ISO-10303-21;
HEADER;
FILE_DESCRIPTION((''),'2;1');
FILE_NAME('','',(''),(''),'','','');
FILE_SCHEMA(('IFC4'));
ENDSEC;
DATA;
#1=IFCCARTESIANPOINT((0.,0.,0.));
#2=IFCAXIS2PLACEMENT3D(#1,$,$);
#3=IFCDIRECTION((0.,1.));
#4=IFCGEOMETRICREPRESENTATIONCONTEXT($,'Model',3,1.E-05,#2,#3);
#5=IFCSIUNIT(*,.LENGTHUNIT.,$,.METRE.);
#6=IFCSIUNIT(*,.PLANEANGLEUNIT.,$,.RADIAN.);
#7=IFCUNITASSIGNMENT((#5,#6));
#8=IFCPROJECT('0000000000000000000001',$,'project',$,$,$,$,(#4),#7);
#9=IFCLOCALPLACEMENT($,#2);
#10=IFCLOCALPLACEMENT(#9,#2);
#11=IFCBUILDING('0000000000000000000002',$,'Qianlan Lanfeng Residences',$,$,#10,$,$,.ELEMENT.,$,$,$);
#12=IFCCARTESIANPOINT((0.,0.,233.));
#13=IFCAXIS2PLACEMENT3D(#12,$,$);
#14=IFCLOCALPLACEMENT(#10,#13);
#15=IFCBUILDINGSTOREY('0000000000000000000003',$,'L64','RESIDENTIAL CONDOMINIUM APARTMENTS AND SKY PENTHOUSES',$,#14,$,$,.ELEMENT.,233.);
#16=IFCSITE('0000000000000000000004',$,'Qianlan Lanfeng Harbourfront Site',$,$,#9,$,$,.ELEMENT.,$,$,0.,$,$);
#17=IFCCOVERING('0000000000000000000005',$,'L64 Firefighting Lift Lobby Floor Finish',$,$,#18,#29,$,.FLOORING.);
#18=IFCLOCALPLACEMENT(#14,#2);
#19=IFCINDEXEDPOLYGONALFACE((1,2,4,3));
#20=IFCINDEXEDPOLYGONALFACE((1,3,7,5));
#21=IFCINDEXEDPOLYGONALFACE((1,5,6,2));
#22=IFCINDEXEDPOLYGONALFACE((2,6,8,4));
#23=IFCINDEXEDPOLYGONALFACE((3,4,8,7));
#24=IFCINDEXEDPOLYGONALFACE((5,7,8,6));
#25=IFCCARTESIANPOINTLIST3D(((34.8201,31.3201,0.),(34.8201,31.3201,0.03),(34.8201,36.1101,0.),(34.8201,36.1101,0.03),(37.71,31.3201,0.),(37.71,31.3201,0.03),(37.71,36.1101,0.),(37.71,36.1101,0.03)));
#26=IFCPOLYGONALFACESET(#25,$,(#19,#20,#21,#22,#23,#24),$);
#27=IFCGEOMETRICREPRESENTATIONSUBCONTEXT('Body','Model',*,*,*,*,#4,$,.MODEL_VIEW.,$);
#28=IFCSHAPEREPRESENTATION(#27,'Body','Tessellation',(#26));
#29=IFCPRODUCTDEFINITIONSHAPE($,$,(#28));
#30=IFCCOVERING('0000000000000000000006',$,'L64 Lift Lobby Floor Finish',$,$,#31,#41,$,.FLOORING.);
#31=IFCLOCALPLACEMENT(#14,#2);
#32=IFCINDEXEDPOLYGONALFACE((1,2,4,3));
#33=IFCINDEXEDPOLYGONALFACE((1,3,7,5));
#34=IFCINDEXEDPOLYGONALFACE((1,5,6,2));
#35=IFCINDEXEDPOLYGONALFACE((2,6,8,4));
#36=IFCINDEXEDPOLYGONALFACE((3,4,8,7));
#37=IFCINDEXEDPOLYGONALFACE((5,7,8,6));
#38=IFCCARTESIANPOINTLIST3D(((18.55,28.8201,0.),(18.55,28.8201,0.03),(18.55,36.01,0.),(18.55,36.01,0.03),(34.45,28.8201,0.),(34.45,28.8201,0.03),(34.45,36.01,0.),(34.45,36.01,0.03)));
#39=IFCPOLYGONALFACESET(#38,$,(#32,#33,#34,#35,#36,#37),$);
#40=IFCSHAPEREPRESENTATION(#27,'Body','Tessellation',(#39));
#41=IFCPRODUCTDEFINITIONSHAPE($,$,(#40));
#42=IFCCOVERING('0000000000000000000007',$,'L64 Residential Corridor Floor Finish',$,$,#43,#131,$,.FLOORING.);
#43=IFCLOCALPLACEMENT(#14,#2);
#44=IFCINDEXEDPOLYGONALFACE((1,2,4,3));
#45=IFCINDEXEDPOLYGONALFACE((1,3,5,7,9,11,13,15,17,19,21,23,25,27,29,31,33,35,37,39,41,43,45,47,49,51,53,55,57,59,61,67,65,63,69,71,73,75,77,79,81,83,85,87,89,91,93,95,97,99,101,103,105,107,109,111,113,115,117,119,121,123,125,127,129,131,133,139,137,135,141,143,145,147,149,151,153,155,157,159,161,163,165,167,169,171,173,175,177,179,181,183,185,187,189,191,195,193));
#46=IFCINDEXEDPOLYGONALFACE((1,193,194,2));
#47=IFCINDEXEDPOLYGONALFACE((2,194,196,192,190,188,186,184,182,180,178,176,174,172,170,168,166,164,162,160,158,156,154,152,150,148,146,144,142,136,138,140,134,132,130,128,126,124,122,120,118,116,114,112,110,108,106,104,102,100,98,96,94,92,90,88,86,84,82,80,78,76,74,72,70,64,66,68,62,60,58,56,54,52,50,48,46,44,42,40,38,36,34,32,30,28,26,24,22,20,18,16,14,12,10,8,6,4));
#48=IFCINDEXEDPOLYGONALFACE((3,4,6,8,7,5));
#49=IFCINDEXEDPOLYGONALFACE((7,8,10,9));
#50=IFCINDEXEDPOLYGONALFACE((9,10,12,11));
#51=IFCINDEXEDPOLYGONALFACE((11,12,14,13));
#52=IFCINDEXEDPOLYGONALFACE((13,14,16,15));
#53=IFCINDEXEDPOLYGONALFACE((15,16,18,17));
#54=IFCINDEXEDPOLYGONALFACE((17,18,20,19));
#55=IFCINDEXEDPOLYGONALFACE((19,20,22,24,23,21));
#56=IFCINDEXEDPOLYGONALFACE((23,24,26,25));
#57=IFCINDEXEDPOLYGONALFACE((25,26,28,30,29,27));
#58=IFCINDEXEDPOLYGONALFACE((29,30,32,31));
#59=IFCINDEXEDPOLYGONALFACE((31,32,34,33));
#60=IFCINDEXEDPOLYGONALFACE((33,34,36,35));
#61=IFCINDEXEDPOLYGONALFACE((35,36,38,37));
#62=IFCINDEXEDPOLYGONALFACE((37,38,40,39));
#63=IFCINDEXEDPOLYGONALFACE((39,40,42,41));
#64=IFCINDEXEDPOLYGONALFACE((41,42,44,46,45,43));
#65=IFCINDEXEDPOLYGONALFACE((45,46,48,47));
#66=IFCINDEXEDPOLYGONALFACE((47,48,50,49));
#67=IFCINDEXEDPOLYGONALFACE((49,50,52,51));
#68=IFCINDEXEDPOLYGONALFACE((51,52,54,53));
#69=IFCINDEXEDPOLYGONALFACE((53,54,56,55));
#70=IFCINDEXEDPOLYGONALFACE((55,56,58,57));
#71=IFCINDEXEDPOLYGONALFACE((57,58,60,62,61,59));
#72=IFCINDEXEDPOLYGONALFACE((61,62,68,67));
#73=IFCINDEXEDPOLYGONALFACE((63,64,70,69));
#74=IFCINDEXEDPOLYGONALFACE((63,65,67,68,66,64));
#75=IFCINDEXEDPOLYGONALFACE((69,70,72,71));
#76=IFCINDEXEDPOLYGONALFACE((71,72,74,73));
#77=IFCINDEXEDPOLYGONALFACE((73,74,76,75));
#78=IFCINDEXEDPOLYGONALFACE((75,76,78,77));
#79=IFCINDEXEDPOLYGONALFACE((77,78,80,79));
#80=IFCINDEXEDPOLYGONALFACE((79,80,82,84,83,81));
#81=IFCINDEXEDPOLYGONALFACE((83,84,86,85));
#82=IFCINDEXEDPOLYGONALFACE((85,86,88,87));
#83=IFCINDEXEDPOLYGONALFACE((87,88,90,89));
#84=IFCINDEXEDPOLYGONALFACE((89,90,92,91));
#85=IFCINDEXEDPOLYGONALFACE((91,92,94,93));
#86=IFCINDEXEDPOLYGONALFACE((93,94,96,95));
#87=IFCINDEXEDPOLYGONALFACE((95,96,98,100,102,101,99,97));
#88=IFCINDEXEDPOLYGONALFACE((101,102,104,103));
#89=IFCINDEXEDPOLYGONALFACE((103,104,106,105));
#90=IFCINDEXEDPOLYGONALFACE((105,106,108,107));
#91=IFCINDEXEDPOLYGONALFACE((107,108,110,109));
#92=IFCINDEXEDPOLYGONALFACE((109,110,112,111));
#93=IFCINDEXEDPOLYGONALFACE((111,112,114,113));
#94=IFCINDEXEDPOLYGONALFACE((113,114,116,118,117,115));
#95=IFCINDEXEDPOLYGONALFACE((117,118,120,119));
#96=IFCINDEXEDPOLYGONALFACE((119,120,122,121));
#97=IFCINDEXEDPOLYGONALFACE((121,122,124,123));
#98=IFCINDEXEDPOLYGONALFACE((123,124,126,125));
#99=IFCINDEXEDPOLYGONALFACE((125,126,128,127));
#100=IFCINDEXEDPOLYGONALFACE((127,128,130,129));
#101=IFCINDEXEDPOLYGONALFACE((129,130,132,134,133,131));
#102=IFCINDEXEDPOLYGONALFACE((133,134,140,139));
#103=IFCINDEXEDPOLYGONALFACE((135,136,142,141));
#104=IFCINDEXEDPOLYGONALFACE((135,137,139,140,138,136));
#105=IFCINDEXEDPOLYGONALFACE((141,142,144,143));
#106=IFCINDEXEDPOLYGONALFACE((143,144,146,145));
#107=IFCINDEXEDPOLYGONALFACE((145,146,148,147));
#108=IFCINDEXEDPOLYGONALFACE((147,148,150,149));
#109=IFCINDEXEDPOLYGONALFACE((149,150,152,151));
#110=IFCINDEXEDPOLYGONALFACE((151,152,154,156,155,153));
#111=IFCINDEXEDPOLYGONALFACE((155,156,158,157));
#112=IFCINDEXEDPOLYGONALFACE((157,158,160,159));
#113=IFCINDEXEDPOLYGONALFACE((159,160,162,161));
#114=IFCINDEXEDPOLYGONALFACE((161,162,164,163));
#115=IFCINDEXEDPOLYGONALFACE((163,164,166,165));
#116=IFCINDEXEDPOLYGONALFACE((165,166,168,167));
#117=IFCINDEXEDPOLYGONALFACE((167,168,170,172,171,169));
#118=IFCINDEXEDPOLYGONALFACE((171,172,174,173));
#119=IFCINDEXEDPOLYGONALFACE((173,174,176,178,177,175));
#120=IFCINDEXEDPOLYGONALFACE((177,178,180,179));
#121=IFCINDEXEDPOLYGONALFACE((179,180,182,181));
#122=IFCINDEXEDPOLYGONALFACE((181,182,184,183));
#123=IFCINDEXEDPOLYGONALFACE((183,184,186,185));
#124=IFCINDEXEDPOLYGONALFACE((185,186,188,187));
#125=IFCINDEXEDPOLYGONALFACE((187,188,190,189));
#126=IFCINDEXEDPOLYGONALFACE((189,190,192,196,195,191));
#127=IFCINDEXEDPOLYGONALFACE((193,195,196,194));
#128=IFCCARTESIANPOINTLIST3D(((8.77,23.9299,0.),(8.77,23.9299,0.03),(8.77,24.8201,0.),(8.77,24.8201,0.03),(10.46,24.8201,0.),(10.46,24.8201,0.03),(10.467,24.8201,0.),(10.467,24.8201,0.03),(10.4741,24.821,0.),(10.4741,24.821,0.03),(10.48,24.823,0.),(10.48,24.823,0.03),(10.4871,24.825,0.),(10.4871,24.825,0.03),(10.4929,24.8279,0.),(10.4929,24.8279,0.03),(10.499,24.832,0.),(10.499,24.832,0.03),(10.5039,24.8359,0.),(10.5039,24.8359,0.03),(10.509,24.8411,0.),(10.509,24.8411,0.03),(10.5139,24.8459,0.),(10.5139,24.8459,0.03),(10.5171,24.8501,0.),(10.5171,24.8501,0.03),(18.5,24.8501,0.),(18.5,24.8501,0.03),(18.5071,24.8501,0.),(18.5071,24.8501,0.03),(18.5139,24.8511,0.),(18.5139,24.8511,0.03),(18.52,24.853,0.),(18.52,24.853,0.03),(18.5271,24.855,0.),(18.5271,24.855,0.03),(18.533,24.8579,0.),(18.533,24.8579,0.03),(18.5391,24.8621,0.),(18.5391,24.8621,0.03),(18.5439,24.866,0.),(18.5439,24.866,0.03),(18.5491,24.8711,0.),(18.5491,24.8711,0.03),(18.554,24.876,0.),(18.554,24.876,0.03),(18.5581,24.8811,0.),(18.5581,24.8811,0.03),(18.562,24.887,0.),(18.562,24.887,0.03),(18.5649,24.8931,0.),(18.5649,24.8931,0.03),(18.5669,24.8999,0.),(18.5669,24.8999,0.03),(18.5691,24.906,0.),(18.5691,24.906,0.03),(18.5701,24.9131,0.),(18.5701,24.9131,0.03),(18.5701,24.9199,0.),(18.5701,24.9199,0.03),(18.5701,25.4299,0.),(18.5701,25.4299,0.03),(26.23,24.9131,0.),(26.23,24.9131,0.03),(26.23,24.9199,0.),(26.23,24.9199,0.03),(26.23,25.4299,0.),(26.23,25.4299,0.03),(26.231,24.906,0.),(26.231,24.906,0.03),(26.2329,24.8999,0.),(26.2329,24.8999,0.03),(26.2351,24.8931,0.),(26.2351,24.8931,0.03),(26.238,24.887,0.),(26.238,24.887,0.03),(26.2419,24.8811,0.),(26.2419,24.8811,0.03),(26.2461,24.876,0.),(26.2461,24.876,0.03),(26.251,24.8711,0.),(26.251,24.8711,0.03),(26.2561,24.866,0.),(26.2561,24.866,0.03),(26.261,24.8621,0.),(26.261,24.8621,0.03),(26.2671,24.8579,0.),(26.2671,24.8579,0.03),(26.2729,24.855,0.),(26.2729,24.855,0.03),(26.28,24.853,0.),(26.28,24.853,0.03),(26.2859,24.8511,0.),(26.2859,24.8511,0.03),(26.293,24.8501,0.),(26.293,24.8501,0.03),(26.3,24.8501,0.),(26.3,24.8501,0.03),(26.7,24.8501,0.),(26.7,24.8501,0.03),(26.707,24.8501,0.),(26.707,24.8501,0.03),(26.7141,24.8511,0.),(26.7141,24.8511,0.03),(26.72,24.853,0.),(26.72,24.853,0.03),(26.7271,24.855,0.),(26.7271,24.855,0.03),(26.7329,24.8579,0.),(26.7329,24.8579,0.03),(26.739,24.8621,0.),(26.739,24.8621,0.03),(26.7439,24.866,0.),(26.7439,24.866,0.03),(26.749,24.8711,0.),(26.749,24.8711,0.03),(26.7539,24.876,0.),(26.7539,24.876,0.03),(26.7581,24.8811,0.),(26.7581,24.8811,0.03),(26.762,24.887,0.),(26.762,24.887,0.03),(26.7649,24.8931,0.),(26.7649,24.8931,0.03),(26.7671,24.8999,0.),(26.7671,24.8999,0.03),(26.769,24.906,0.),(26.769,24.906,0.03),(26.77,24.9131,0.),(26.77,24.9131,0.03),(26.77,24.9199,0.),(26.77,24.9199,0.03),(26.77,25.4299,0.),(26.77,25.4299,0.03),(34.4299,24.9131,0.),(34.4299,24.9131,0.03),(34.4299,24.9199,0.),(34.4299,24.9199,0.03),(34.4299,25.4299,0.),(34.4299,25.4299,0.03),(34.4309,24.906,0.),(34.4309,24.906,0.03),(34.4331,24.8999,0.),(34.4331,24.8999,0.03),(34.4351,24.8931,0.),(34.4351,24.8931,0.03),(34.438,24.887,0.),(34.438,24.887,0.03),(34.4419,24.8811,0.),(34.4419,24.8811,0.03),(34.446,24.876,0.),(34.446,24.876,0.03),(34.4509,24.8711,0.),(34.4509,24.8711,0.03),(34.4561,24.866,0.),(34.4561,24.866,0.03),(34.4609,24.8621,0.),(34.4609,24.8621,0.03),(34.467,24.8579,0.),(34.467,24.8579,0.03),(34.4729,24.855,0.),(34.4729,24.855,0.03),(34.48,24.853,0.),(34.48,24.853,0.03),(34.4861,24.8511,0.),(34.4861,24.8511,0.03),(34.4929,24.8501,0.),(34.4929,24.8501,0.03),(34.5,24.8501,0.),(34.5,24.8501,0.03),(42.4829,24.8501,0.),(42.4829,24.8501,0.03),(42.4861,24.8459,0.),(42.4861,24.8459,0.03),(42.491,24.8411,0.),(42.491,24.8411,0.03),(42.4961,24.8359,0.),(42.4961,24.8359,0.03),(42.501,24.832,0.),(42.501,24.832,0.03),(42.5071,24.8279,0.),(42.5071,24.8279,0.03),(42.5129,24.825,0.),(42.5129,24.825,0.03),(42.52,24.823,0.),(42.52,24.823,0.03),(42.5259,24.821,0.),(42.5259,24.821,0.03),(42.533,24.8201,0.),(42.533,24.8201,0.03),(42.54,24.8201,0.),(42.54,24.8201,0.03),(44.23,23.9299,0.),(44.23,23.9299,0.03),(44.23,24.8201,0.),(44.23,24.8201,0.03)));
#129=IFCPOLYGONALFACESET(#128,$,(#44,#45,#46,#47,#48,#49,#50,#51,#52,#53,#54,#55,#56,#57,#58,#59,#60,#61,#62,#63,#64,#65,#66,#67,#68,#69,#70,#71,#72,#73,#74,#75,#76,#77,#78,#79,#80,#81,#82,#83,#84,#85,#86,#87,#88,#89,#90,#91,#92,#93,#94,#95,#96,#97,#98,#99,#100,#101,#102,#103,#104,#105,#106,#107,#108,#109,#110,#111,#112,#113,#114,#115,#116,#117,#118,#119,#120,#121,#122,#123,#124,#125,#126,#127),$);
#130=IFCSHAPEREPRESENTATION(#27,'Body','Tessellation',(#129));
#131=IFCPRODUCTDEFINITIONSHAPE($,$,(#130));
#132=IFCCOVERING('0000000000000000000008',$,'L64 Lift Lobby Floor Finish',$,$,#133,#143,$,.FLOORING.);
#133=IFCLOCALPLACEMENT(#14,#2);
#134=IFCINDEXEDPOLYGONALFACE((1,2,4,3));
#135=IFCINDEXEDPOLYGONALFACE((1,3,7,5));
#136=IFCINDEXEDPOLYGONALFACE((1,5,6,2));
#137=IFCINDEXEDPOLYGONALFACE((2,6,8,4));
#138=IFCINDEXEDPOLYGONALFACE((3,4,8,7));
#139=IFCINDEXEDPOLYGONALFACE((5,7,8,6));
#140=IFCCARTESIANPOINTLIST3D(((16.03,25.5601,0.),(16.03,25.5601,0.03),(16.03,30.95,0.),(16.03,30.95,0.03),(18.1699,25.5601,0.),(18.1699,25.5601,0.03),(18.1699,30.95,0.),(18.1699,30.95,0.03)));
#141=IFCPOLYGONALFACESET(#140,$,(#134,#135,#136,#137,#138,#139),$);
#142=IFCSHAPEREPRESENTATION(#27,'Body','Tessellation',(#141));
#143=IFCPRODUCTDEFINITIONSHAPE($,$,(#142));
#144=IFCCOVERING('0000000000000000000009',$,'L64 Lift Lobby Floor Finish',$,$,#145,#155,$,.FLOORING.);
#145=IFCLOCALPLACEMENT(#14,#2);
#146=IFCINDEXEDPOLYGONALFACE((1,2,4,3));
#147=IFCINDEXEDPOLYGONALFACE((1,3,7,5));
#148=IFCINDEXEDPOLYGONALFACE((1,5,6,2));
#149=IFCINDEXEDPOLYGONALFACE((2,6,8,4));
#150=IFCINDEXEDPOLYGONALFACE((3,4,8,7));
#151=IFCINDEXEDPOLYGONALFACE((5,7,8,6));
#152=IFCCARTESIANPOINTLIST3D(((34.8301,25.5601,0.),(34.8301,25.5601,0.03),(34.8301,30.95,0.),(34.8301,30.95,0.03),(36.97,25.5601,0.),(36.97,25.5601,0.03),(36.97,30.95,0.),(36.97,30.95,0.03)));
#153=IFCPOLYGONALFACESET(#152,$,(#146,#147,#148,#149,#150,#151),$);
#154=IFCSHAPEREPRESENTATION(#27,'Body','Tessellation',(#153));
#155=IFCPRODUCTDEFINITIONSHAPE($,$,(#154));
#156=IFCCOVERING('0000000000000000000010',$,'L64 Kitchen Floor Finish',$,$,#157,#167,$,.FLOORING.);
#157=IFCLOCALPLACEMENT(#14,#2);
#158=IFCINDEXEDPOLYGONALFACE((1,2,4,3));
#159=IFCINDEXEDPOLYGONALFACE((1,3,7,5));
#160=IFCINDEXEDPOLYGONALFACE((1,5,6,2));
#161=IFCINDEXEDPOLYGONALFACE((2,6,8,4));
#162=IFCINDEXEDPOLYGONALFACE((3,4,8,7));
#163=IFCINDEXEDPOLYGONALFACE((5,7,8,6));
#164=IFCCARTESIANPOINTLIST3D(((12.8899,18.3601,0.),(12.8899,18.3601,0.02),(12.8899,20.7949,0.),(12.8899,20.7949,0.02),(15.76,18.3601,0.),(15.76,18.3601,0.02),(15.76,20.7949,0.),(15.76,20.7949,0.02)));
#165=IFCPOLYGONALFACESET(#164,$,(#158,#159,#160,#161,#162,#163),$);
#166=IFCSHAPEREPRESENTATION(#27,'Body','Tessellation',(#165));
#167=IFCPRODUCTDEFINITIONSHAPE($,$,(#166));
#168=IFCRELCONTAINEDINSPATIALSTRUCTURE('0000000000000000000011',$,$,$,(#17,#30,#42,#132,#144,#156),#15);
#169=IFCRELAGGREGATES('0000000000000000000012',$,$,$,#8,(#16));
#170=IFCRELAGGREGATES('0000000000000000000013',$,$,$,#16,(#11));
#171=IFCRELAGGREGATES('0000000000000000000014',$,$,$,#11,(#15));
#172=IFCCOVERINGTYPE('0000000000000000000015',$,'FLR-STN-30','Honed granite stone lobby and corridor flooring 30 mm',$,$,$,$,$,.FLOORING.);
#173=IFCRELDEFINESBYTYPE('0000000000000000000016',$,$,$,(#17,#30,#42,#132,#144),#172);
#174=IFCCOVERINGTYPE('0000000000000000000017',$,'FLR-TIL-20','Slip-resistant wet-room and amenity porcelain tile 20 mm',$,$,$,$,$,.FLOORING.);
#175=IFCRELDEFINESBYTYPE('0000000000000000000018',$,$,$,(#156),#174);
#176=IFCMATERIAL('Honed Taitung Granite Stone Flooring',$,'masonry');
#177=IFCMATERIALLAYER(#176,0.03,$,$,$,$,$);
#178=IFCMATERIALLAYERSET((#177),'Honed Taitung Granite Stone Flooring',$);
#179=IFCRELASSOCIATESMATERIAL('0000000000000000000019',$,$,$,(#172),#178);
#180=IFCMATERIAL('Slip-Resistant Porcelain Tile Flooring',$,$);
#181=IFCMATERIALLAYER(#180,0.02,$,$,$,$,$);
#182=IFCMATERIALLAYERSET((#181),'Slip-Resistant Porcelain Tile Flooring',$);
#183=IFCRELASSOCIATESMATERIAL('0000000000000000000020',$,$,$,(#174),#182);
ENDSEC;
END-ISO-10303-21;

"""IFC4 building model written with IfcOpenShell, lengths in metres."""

from ifc_helpers import new_model, si_unit, direction, frame, origin, place, context, subcontext, project, spatial, polyline, outline, extrude, material, layer, layer_set, type_object, element, save


model = new_model("IFC4")

# Units and contexts
model_context = context("Model", 3, precision=1e-05, world=origin(), true_north=direction((0.0, 1.0)))
body_context = subcontext(model_context, "Body", "Model", "MODEL_VIEW")
ifc_project = project(units=[si_unit("LENGTHUNIT", "METRE"), si_unit("PLANEANGLEUNIT", "RADIAN")], contexts=[model_context])

# Site, building, storey
site_placement = place(None, origin())
site = spatial("IfcSite", under=ifc_project, at=site_placement, Name="Qianlan Lanfeng Harbourfront Site", CompositionType="ELEMENT", RefElevation=0.0)
building_placement = place(site_placement, origin())
building = spatial("IfcBuilding", under=site, at=building_placement, Name="Qianlan Lanfeng Residences", CompositionType="ELEMENT")
storey_placement = place(building_placement, frame((0.0, 0.0, 233.0)))
storey = spatial("IfcBuildingStorey", under=building, at=storey_placement, Name="L64", Description="RESIDENTIAL CONDOMINIUM APARTMENTS AND SKY PENTHOUSES", CompositionType="ELEMENT", Elevation=233.0)

# Coverings
ifc_material_1 = material(Name="Honed Taitung Granite Stone Flooring", Category="masonry")
ifc_layer_1 = layer(ifc_material_1, 0.03)
ifc_layer_set_1 = layer_set([ifc_layer_1], Name="Honed Taitung Granite Stone Flooring")
covering_type_1 = type_object("IfcCoveringType", Name="FLR-STN-30", Description="Honed granite stone lobby and corridor flooring 30 mm", PredefinedType="FLOORING", material=ifc_layer_set_1)
covering_1_placement = place(storey_placement, origin())
element("IfcCovering", 1, at=covering_1_placement, inside=storey, type_object=covering_type_1, Name="L64 Firefighting Lift Lobby Floor Finish", PredefinedType="FLOORING", context=body_context, shape_type="SweptSolid", body=[
    extrude(outline(polyline([(34.8201, 31.3201), (37.71, 31.3201), (37.71, 36.1101), (34.8201, 36.1101), (34.8201, 31.3201)])), origin(), (0.0, 0.0, 1.0), 0.03),
])
covering_2_placement = place(storey_placement, origin())
element("IfcCovering", 2, at=covering_2_placement, inside=storey, type_object=covering_type_1, Name="L64 Lift Lobby Floor Finish", PredefinedType="FLOORING", context=body_context, shape_type="SweptSolid", body=[
    extrude(outline(polyline([(18.55, 28.8201), (34.45, 28.8201), (34.45, 36.01), (18.55, 36.01), (18.55, 28.8201)])), origin(), (0.0, 0.0, 1.0), 0.03),
])
covering_3_placement = place(storey_placement, origin())
element("IfcCovering", 3, at=covering_3_placement, inside=storey, type_object=covering_type_1, Name="L64 Residential Corridor Floor Finish", PredefinedType="FLOORING", context=body_context, shape_type="SweptSolid", body=[
    extrude(outline(polyline([(8.77, 23.9299), (44.23, 23.9299), (44.23, 24.8201), (42.54, 24.8201), (42.533, 24.8201), (42.5259, 24.821), (42.52, 24.823), (42.5129, 24.825), (42.5071, 24.8279), (42.501, 24.832), (42.4961, 24.8359), (42.491, 24.8411), (42.4861, 24.8459), (42.4829, 24.8501), (34.5, 24.8501), (34.4929, 24.8501), (34.4861, 24.8511), (34.48, 24.853), (34.4729, 24.855), (34.467, 24.8579), (34.4609, 24.8621), (34.4561, 24.866), (34.4509, 24.8711), (34.446, 24.876), (34.4419, 24.8811), (34.438, 24.887), (34.4351, 24.8931), (34.4331, 24.8999), (34.4309, 24.906), (34.4299, 24.9131), (34.4299, 24.9199), (34.4299, 25.4299), (26.77, 25.4299), (26.77, 24.9199), (26.77, 24.9131), (26.769, 24.906), (26.7671, 24.8999), (26.7649, 24.8931), (26.762, 24.887), (26.7581, 24.8811), (26.7539, 24.876), (26.749, 24.8711), (26.7439, 24.866), (26.739, 24.8621), (26.7329, 24.8579), (26.7271, 24.855), (26.72, 24.853), (26.7141, 24.8511), (26.707, 24.8501), (26.7, 24.8501), (26.3, 24.8501), (26.293, 24.8501), (26.2859, 24.8511), (26.28, 24.853), (26.2729, 24.855), (26.2671, 24.8579), (26.261, 24.8621), (26.2561, 24.866), (26.251, 24.8711), (26.2461, 24.876), (26.2419, 24.8811), (26.238, 24.887), (26.2351, 24.8931), (26.2329, 24.8999), (26.231, 24.906), (26.23, 24.9131), (26.23, 24.9199), (26.23, 25.4299), (18.5701, 25.4299), (18.5701, 24.9199), (18.5701, 24.9131), (18.5691, 24.906), (18.5669, 24.8999), (18.5649, 24.8931), (18.562, 24.887), (18.5581, 24.8811), (18.554, 24.876), (18.5491, 24.8711), (18.5439, 24.866), (18.5391, 24.8621), (18.533, 24.8579), (18.5271, 24.855), (18.52, 24.853), (18.5139, 24.8511), (18.5071, 24.8501), (18.5, 24.8501), (10.5171, 24.8501), (10.5139, 24.8459), (10.509, 24.8411), (10.5039, 24.8359), (10.499, 24.832), (10.4929, 24.8279), (10.4871, 24.825), (10.48, 24.823), (10.4741, 24.821), (10.467, 24.8201), (10.46, 24.8201), (8.77, 24.8201), (8.77, 23.9299)])), origin(), (0.0, 0.0, 1.0), 0.03),
])
covering_4_placement = place(storey_placement, origin())
element("IfcCovering", 4, at=covering_4_placement, inside=storey, type_object=covering_type_1, Name="L64 Lift Lobby Floor Finish", PredefinedType="FLOORING", context=body_context, shape_type="SweptSolid", body=[
    extrude(outline(polyline([(16.03, 25.5601), (18.1699, 25.5601), (18.1699, 30.95), (16.03, 30.95), (16.03, 25.5601)])), origin(), (0.0, 0.0, 1.0), 0.03),
])
covering_5_placement = place(storey_placement, origin())
element("IfcCovering", 5, at=covering_5_placement, inside=storey, type_object=covering_type_1, Name="L64 Lift Lobby Floor Finish", PredefinedType="FLOORING", context=body_context, shape_type="SweptSolid", body=[
    extrude(outline(polyline([(34.8301, 25.5601), (36.97, 25.5601), (36.97, 30.95), (34.8301, 30.95), (34.8301, 25.5601)])), origin(), (0.0, 0.0, 1.0), 0.03),
])
ifc_material_2 = material(Name="Slip-Resistant Porcelain Tile Flooring")
ifc_layer_2 = layer(ifc_material_2, 0.02)
ifc_layer_set_2 = layer_set([ifc_layer_2], Name="Slip-Resistant Porcelain Tile Flooring")
covering_type_2 = type_object("IfcCoveringType", Name="FLR-TIL-20", Description="Slip-resistant wet-room and amenity porcelain tile 20 mm", PredefinedType="FLOORING", material=ifc_layer_set_2)
covering_6_placement = place(storey_placement, origin())
element("IfcCovering", 6, at=covering_6_placement, inside=storey, type_object=covering_type_2, Name="L64 Kitchen Floor Finish", PredefinedType="FLOORING", context=body_context, shape_type="SweptSolid", body=[
    extrude(outline(polyline([(12.8899, 18.3601), (15.76, 18.3601), (15.76, 20.7949), (12.8899, 20.7949), (12.8899, 18.3601)])), origin(), (0.0, 0.0, 1.0), 0.02),
])

save(model, "model.ifc")
